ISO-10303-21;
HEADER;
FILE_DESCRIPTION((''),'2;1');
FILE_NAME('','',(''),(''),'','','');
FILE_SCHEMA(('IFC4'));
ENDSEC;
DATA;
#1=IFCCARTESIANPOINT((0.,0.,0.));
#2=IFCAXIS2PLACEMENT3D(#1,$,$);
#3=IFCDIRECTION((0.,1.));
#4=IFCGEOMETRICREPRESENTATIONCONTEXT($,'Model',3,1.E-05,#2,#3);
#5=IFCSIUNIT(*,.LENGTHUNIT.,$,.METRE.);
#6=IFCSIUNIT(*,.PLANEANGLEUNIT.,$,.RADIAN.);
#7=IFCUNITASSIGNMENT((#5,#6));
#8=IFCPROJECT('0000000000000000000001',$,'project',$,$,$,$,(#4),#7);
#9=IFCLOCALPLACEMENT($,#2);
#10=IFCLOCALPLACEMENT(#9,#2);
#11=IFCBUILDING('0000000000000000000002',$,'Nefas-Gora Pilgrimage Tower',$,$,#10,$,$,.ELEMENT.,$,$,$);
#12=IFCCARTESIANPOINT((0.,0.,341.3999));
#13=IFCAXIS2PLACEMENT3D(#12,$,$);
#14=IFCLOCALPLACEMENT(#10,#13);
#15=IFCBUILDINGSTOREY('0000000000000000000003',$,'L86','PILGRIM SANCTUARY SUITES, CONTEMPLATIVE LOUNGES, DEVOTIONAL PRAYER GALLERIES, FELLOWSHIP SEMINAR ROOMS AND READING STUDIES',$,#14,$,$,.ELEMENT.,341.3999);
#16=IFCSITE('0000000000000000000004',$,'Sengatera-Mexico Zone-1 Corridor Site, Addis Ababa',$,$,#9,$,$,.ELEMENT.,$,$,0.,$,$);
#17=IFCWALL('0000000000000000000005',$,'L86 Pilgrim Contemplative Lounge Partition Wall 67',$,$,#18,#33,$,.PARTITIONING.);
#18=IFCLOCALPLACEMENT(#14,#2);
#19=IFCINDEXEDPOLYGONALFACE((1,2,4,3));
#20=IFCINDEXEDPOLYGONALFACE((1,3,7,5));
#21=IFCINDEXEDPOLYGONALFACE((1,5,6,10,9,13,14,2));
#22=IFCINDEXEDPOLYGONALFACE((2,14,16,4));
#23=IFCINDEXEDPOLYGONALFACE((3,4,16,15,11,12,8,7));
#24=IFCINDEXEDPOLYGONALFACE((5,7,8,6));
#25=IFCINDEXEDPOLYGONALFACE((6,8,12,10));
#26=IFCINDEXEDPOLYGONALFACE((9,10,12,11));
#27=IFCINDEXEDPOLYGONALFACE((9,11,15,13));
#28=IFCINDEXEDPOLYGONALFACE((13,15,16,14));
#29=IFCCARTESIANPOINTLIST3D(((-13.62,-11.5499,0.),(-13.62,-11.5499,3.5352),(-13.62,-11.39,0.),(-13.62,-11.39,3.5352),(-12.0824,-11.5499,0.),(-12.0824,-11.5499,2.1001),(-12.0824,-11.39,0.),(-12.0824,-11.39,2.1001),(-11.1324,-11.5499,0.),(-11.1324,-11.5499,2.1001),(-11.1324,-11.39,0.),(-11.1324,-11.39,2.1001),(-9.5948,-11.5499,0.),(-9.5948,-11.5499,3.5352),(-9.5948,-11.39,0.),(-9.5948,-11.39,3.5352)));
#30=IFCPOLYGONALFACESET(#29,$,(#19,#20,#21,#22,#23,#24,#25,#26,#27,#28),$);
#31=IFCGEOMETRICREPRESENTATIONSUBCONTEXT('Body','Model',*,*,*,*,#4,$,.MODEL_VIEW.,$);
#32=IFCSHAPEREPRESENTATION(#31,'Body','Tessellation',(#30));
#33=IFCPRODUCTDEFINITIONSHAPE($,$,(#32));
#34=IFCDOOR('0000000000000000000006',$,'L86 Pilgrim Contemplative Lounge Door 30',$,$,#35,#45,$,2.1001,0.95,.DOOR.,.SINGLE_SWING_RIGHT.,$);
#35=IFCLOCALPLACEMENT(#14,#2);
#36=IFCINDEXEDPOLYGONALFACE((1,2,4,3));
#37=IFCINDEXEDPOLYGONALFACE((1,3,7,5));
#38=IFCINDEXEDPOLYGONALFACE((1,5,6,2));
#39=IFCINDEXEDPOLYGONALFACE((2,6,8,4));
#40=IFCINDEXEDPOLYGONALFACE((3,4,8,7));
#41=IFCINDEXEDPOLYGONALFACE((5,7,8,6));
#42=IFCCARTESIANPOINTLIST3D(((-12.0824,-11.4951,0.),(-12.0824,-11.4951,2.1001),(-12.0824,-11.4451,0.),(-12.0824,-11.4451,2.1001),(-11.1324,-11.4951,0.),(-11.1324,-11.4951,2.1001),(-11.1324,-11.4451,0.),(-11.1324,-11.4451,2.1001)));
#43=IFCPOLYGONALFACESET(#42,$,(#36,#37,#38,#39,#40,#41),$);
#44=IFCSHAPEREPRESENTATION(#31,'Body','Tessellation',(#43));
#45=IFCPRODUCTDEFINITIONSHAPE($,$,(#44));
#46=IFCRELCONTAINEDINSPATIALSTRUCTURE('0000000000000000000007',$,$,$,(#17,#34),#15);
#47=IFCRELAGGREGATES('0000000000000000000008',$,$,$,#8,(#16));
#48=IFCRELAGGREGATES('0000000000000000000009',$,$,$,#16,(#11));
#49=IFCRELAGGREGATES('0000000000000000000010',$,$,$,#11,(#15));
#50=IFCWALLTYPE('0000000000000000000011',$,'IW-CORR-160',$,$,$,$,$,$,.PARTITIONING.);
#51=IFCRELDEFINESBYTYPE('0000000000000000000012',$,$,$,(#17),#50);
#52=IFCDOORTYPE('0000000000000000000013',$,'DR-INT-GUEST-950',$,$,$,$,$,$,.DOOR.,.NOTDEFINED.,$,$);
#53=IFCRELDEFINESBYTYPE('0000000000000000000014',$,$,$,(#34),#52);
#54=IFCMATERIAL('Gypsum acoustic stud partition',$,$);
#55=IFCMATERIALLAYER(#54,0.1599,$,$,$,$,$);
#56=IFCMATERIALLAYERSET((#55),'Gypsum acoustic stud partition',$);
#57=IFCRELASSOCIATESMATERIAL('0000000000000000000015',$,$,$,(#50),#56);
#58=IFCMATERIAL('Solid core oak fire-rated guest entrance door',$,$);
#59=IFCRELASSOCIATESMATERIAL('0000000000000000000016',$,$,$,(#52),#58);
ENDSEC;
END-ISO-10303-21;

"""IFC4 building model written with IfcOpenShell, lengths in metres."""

from ifc_helpers import new_model, si_unit, direction, frame, frame_2d, origin, place, context, subcontext, project, spatial, rectangle, extrude, source, transform, mapped, material, layer, layer_set, type_object, element, fill, save


model = new_model("IFC4")

# Units and contexts
model_context = context("Model", 3, precision=1e-05, world=origin(), true_north=direction((0.0, 1.0)))
body_context = subcontext(model_context, "Body", "Model", "MODEL_VIEW")
ifc_project = project(units=[si_unit("LENGTHUNIT", "METRE"), si_unit("PLANEANGLEUNIT", "RADIAN")], contexts=[model_context])

# Site, building, storey
site_placement = place(None, origin())
site = spatial("IfcSite", under=ifc_project, at=site_placement, Name="Sengatera-Mexico Zone-1 Corridor Site, Addis Ababa", CompositionType="ELEMENT", RefElevation=0.0)
building_placement = place(site_placement, origin())
building = spatial("IfcBuilding", under=site, at=building_placement, Name="Nefas-Gora Pilgrimage Tower", CompositionType="ELEMENT")
storey_placement = place(building_placement, frame((0.0, 0.0, 341.3999)))
storey = spatial("IfcBuildingStorey", under=building, at=storey_placement, Name="L86", Description="PILGRIM SANCTUARY SUITES, CONTEMPLATIVE LOUNGES, DEVOTIONAL PRAYER GALLERIES, FELLOWSHIP SEMINAR ROOMS AND READING STUDIES", CompositionType="ELEMENT", Elevation=341.3999)

# Wall, opening, door
ifc_material_1 = material(Name="Gypsum acoustic stud partition")
ifc_layer_1 = layer(ifc_material_1, 0.1599)
ifc_layer_set_1 = layer_set([ifc_layer_1], Name="Gypsum acoustic stud partition")
wall_type_1 = type_object("IfcWallType", Name="IW-CORR-160", PredefinedType="PARTITIONING", material=ifc_layer_set_1)
ifc_material_2 = material(Name="Solid core oak fire-rated guest entrance door")
door_type = type_object("IfcDoorType", Name="DR-INT-GUEST-950", OperationType="NOTDEFINED", PredefinedType="DOOR", material=ifc_material_2)
shared_shape_1 = source(origin(), body_context, "Body", "SweptSolid", [
    extrude(rectangle(XDim=0.95, YDim=2.1001, at=frame_2d((0.4751, 1.05))), frame((0.0, 0.0249, 0.0), z_axis=(0.0, -1.0, 0.0), x_axis=(1.0, 0.0, 0.0)), (0.0, 0.0, 1.0), 0.05),
])
shared_shape_2 = source(origin(), body_context, "Body", "SweptSolid", [
    extrude(rectangle(XDim=4.0251, YDim=0.1599, at=frame_2d((2.0127, 0.0))), origin(), (0.0, 0.0, 1.0), 3.5352),
])
wall_1_placement = place(storey_placement, frame((-13.6201, -11.47, 0.0), z_axis=(0.0, 0.0, 1.0), x_axis=(1.0, 0.0, 0.0)))
wall_1 = element("IfcWall", 1, at=wall_1_placement, inside=storey, type_object=wall_type_1, Name="L86 Pilgrim Contemplative Lounge Partition Wall 67", PredefinedType="PARTITIONING", context=body_context, shape_type="MappedRepresentation", body=[
    mapped(shared_shape_2, transform((0.0, 0.0, 0.0), x_axis=(1.0, 0.0, 0.0), y_axis=(0.0, 1.0, 0.0), z_axis=(0.0, 0.0, 1.0), scale=1.0)),
])
opening_1_placement = place(wall_1_placement, frame((1.5376, 0.0, 0.0)))
opening_1 = element("IfcOpeningElement", 2, at=opening_1_placement, cuts=wall_1, PredefinedType="OPENING", context=body_context, shape_type="SweptSolid", body=[
    extrude(rectangle(XDim=0.95, YDim=2.1001, at=frame_2d((0.4751, 1.05))), frame((0.0, 0.0898, 0.0), z_axis=(0.0, -1.0, 0.0), x_axis=(1.0, 0.0, 0.0)), (0.0, 0.0, 1.0), 0.1799),
])
door_1_placement = place(opening_1_placement, origin())
door_1 = element("IfcDoor", 3, at=door_1_placement, inside=storey, type_object=door_type, Name="L86 Pilgrim Contemplative Lounge Door 30", OperationType="SINGLE_SWING_RIGHT", OverallHeight=2.1001, OverallWidth=0.95, PredefinedType="DOOR", context=body_context, shape_type="MappedRepresentation", body=[
    mapped(shared_shape_1, transform((0.0, 0.0, 0.0), x_axis=(1.0, 0.0, 0.0), y_axis=(0.0, 1.0, 0.0), z_axis=(0.0, 0.0, 1.0), scale=1.0)),
])
fill(opening_1, door_1)

save(model, "model.ifc")
